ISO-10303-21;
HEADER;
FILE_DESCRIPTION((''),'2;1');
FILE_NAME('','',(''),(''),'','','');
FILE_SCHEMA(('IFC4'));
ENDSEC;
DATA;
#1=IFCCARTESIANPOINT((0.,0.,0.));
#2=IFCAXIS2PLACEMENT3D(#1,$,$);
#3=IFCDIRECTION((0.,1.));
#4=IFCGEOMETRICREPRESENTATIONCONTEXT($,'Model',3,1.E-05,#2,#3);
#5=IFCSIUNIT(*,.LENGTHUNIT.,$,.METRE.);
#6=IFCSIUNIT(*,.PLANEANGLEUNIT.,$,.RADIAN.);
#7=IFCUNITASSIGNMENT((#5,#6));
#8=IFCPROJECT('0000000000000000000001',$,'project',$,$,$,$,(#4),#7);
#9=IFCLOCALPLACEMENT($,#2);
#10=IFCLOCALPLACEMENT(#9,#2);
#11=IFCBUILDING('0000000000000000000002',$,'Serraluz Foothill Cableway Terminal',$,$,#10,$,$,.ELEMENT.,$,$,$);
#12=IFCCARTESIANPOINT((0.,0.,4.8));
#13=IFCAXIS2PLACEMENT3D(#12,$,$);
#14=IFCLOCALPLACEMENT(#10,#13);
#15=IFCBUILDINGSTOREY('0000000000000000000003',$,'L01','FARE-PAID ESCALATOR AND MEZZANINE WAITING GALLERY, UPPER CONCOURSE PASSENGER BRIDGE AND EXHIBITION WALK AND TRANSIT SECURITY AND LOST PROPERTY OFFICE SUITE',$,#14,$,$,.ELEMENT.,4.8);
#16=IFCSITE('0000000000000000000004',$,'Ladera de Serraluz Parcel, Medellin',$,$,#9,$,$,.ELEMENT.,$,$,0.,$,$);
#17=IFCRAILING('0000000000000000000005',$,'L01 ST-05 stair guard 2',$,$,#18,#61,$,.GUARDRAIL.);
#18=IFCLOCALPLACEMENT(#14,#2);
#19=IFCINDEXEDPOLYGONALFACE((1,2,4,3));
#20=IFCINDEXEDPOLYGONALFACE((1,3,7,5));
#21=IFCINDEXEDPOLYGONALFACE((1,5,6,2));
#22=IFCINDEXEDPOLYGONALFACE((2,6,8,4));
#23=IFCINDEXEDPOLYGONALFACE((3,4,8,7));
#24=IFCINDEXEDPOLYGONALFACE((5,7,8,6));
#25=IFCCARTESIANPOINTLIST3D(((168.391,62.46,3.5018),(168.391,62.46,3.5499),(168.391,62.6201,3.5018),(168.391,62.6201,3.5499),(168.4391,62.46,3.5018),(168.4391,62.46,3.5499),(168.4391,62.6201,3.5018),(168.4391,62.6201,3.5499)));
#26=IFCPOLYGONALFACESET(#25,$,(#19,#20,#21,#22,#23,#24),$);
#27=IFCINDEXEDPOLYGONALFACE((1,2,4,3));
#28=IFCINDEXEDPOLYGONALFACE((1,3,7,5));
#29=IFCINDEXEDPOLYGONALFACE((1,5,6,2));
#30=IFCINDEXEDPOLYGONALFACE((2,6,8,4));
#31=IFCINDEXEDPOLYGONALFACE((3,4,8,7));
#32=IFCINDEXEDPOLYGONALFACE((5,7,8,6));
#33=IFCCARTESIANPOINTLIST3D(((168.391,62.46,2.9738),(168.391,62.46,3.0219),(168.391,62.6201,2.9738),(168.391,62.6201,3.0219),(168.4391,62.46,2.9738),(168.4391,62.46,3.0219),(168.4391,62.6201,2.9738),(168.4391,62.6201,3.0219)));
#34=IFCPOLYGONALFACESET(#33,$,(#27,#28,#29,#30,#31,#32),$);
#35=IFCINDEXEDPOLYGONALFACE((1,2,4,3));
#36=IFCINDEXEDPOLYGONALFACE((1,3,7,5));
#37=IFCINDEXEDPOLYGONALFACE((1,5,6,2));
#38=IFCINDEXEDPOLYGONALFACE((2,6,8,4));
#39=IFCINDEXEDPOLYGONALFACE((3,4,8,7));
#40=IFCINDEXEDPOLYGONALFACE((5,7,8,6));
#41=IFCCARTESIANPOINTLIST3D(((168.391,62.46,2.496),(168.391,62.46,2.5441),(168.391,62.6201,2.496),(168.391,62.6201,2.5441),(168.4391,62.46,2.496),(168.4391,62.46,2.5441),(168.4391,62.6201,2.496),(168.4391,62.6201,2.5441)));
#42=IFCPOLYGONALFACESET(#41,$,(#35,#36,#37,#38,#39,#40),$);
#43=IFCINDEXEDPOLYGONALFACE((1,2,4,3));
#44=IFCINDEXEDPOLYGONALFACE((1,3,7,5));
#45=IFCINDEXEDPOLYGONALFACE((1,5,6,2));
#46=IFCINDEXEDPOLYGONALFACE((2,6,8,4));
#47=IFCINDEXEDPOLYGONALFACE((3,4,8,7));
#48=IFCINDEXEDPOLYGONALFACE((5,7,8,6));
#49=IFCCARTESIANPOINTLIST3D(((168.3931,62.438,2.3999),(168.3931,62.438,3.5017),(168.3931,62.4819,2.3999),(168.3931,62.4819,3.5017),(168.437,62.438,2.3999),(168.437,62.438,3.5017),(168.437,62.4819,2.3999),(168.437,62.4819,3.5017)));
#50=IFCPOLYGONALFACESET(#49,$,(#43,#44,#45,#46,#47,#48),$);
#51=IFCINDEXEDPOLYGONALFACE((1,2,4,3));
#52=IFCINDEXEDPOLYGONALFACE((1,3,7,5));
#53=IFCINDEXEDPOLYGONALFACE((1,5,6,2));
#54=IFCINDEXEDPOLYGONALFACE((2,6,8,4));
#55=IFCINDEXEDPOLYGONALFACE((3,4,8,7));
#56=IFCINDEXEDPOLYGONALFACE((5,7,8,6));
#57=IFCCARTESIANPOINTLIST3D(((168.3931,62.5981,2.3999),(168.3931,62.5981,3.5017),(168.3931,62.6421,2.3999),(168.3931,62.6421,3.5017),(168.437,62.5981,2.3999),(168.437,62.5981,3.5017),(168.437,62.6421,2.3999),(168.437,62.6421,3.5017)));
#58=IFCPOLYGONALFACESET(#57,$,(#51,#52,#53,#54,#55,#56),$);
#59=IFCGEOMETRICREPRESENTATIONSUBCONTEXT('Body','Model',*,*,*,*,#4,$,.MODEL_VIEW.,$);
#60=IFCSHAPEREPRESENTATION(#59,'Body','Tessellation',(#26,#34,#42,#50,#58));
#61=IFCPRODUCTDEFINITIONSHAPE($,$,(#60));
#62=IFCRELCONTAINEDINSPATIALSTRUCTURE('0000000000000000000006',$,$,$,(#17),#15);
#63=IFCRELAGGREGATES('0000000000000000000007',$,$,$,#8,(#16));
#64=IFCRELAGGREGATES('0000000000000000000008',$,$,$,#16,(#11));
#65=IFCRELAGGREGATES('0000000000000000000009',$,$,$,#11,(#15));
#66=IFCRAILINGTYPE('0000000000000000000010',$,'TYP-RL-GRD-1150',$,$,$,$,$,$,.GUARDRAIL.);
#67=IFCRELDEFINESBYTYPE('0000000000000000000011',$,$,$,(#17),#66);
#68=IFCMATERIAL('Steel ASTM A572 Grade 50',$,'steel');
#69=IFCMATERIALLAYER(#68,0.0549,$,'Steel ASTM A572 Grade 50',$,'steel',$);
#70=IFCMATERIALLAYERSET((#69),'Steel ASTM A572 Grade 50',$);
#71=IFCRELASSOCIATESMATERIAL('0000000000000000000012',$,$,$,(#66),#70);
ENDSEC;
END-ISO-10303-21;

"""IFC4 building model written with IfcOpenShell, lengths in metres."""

from ifc_helpers import new_model, si_unit, direction, frame, origin, origin_2d, place, context, subcontext, project, spatial, rectangle, extrude, material, layer, layer_set, type_object, element, save


model = new_model("IFC4")

# Units and contexts
model_context = context("Model", 3, precision=1e-05, world=origin(), true_north=direction((0.0, 1.0)))
body_context = subcontext(model_context, "Body", "Model", "MODEL_VIEW")
ifc_project = project(units=[si_unit("LENGTHUNIT", "METRE"), si_unit("PLANEANGLEUNIT", "RADIAN")], contexts=[model_context])

# Site, building, storey
site_placement = place(None, origin())
site = spatial("IfcSite", under=ifc_project, at=site_placement, Name="Ladera de Serraluz Parcel, Medellin", CompositionType="ELEMENT", RefElevation=0.0)
building_placement = place(site_placement, origin())
building = spatial("IfcBuilding", under=site, at=building_placement, Name="Serraluz Foothill Cableway Terminal", CompositionType="ELEMENT")
storey_placement = place(building_placement, frame((0.0, 0.0, 4.8)))
storey = spatial("IfcBuildingStorey", under=building, at=storey_placement, Name="L01", Description="FARE-PAID ESCALATOR AND MEZZANINE WAITING GALLERY, UPPER CONCOURSE PASSENGER BRIDGE AND EXHIBITION WALK AND TRANSIT SECURITY AND LOST PROPERTY OFFICE SUITE", CompositionType="ELEMENT", Elevation=4.8)

# Railing
ifc_material_1 = material(Name="Steel ASTM A572 Grade 50", Category="steel")
ifc_layer_1 = layer(ifc_material_1, 0.0549, Name="Steel ASTM A572 Grade 50", Category="steel")
ifc_layer_set_1 = layer_set([ifc_layer_1], Name="Steel ASTM A572 Grade 50")
railing_type_1 = type_object("IfcRailingType", Name="TYP-RL-GRD-1150", PredefinedType="GUARDRAIL", material=ifc_layer_set_1)
railing_1_placement = place(storey_placement, frame((168.415, 62.46, 2.3999)))
element("IfcRailing", 1, at=railing_1_placement, inside=storey, type_object=railing_type_1, Name="L01 ST-05 stair guard 2", PredefinedType="GUARDRAIL", context=body_context, shape_type="SweptSolid", body=[
    extrude(rectangle(XDim=0.0481, YDim=0.0481, at=origin_2d()), frame((0.0, 0.0, 1.126), z_axis=(0.0, 1.0, 0.0), x_axis=(-1.0, 0.0, 0.0)), (0.0, 0.0, 1.0), 0.1602),
    extrude(rectangle(XDim=0.0481, YDim=0.0481, at=origin_2d()), frame((0.0, 0.0, 0.5979), z_axis=(0.0, 1.0, 0.0), x_axis=(-1.0, 0.0, 0.0)), (0.0, 0.0, 1.0), 0.1602),
    extrude(rectangle(XDim=0.0481, YDim=0.0481, at=origin_2d()), frame((0.0, 0.0, 0.1201), z_axis=(0.0, 1.0, 0.0), x_axis=(-1.0, 0.0, 0.0)), (0.0, 0.0, 1.0), 0.1602),
    extrude(rectangle(XDim=0.0439, YDim=0.0439, at=origin_2d()), origin(), (0.0, 0.0, 1.0), 1.1018),
    extrude(rectangle(XDim=0.0439, YDim=0.0439, at=origin_2d()), frame((0.0, 0.1602, 0.0)), (0.0, 0.0, 1.0), 1.1018),
])

save(model, "model.ifc")
